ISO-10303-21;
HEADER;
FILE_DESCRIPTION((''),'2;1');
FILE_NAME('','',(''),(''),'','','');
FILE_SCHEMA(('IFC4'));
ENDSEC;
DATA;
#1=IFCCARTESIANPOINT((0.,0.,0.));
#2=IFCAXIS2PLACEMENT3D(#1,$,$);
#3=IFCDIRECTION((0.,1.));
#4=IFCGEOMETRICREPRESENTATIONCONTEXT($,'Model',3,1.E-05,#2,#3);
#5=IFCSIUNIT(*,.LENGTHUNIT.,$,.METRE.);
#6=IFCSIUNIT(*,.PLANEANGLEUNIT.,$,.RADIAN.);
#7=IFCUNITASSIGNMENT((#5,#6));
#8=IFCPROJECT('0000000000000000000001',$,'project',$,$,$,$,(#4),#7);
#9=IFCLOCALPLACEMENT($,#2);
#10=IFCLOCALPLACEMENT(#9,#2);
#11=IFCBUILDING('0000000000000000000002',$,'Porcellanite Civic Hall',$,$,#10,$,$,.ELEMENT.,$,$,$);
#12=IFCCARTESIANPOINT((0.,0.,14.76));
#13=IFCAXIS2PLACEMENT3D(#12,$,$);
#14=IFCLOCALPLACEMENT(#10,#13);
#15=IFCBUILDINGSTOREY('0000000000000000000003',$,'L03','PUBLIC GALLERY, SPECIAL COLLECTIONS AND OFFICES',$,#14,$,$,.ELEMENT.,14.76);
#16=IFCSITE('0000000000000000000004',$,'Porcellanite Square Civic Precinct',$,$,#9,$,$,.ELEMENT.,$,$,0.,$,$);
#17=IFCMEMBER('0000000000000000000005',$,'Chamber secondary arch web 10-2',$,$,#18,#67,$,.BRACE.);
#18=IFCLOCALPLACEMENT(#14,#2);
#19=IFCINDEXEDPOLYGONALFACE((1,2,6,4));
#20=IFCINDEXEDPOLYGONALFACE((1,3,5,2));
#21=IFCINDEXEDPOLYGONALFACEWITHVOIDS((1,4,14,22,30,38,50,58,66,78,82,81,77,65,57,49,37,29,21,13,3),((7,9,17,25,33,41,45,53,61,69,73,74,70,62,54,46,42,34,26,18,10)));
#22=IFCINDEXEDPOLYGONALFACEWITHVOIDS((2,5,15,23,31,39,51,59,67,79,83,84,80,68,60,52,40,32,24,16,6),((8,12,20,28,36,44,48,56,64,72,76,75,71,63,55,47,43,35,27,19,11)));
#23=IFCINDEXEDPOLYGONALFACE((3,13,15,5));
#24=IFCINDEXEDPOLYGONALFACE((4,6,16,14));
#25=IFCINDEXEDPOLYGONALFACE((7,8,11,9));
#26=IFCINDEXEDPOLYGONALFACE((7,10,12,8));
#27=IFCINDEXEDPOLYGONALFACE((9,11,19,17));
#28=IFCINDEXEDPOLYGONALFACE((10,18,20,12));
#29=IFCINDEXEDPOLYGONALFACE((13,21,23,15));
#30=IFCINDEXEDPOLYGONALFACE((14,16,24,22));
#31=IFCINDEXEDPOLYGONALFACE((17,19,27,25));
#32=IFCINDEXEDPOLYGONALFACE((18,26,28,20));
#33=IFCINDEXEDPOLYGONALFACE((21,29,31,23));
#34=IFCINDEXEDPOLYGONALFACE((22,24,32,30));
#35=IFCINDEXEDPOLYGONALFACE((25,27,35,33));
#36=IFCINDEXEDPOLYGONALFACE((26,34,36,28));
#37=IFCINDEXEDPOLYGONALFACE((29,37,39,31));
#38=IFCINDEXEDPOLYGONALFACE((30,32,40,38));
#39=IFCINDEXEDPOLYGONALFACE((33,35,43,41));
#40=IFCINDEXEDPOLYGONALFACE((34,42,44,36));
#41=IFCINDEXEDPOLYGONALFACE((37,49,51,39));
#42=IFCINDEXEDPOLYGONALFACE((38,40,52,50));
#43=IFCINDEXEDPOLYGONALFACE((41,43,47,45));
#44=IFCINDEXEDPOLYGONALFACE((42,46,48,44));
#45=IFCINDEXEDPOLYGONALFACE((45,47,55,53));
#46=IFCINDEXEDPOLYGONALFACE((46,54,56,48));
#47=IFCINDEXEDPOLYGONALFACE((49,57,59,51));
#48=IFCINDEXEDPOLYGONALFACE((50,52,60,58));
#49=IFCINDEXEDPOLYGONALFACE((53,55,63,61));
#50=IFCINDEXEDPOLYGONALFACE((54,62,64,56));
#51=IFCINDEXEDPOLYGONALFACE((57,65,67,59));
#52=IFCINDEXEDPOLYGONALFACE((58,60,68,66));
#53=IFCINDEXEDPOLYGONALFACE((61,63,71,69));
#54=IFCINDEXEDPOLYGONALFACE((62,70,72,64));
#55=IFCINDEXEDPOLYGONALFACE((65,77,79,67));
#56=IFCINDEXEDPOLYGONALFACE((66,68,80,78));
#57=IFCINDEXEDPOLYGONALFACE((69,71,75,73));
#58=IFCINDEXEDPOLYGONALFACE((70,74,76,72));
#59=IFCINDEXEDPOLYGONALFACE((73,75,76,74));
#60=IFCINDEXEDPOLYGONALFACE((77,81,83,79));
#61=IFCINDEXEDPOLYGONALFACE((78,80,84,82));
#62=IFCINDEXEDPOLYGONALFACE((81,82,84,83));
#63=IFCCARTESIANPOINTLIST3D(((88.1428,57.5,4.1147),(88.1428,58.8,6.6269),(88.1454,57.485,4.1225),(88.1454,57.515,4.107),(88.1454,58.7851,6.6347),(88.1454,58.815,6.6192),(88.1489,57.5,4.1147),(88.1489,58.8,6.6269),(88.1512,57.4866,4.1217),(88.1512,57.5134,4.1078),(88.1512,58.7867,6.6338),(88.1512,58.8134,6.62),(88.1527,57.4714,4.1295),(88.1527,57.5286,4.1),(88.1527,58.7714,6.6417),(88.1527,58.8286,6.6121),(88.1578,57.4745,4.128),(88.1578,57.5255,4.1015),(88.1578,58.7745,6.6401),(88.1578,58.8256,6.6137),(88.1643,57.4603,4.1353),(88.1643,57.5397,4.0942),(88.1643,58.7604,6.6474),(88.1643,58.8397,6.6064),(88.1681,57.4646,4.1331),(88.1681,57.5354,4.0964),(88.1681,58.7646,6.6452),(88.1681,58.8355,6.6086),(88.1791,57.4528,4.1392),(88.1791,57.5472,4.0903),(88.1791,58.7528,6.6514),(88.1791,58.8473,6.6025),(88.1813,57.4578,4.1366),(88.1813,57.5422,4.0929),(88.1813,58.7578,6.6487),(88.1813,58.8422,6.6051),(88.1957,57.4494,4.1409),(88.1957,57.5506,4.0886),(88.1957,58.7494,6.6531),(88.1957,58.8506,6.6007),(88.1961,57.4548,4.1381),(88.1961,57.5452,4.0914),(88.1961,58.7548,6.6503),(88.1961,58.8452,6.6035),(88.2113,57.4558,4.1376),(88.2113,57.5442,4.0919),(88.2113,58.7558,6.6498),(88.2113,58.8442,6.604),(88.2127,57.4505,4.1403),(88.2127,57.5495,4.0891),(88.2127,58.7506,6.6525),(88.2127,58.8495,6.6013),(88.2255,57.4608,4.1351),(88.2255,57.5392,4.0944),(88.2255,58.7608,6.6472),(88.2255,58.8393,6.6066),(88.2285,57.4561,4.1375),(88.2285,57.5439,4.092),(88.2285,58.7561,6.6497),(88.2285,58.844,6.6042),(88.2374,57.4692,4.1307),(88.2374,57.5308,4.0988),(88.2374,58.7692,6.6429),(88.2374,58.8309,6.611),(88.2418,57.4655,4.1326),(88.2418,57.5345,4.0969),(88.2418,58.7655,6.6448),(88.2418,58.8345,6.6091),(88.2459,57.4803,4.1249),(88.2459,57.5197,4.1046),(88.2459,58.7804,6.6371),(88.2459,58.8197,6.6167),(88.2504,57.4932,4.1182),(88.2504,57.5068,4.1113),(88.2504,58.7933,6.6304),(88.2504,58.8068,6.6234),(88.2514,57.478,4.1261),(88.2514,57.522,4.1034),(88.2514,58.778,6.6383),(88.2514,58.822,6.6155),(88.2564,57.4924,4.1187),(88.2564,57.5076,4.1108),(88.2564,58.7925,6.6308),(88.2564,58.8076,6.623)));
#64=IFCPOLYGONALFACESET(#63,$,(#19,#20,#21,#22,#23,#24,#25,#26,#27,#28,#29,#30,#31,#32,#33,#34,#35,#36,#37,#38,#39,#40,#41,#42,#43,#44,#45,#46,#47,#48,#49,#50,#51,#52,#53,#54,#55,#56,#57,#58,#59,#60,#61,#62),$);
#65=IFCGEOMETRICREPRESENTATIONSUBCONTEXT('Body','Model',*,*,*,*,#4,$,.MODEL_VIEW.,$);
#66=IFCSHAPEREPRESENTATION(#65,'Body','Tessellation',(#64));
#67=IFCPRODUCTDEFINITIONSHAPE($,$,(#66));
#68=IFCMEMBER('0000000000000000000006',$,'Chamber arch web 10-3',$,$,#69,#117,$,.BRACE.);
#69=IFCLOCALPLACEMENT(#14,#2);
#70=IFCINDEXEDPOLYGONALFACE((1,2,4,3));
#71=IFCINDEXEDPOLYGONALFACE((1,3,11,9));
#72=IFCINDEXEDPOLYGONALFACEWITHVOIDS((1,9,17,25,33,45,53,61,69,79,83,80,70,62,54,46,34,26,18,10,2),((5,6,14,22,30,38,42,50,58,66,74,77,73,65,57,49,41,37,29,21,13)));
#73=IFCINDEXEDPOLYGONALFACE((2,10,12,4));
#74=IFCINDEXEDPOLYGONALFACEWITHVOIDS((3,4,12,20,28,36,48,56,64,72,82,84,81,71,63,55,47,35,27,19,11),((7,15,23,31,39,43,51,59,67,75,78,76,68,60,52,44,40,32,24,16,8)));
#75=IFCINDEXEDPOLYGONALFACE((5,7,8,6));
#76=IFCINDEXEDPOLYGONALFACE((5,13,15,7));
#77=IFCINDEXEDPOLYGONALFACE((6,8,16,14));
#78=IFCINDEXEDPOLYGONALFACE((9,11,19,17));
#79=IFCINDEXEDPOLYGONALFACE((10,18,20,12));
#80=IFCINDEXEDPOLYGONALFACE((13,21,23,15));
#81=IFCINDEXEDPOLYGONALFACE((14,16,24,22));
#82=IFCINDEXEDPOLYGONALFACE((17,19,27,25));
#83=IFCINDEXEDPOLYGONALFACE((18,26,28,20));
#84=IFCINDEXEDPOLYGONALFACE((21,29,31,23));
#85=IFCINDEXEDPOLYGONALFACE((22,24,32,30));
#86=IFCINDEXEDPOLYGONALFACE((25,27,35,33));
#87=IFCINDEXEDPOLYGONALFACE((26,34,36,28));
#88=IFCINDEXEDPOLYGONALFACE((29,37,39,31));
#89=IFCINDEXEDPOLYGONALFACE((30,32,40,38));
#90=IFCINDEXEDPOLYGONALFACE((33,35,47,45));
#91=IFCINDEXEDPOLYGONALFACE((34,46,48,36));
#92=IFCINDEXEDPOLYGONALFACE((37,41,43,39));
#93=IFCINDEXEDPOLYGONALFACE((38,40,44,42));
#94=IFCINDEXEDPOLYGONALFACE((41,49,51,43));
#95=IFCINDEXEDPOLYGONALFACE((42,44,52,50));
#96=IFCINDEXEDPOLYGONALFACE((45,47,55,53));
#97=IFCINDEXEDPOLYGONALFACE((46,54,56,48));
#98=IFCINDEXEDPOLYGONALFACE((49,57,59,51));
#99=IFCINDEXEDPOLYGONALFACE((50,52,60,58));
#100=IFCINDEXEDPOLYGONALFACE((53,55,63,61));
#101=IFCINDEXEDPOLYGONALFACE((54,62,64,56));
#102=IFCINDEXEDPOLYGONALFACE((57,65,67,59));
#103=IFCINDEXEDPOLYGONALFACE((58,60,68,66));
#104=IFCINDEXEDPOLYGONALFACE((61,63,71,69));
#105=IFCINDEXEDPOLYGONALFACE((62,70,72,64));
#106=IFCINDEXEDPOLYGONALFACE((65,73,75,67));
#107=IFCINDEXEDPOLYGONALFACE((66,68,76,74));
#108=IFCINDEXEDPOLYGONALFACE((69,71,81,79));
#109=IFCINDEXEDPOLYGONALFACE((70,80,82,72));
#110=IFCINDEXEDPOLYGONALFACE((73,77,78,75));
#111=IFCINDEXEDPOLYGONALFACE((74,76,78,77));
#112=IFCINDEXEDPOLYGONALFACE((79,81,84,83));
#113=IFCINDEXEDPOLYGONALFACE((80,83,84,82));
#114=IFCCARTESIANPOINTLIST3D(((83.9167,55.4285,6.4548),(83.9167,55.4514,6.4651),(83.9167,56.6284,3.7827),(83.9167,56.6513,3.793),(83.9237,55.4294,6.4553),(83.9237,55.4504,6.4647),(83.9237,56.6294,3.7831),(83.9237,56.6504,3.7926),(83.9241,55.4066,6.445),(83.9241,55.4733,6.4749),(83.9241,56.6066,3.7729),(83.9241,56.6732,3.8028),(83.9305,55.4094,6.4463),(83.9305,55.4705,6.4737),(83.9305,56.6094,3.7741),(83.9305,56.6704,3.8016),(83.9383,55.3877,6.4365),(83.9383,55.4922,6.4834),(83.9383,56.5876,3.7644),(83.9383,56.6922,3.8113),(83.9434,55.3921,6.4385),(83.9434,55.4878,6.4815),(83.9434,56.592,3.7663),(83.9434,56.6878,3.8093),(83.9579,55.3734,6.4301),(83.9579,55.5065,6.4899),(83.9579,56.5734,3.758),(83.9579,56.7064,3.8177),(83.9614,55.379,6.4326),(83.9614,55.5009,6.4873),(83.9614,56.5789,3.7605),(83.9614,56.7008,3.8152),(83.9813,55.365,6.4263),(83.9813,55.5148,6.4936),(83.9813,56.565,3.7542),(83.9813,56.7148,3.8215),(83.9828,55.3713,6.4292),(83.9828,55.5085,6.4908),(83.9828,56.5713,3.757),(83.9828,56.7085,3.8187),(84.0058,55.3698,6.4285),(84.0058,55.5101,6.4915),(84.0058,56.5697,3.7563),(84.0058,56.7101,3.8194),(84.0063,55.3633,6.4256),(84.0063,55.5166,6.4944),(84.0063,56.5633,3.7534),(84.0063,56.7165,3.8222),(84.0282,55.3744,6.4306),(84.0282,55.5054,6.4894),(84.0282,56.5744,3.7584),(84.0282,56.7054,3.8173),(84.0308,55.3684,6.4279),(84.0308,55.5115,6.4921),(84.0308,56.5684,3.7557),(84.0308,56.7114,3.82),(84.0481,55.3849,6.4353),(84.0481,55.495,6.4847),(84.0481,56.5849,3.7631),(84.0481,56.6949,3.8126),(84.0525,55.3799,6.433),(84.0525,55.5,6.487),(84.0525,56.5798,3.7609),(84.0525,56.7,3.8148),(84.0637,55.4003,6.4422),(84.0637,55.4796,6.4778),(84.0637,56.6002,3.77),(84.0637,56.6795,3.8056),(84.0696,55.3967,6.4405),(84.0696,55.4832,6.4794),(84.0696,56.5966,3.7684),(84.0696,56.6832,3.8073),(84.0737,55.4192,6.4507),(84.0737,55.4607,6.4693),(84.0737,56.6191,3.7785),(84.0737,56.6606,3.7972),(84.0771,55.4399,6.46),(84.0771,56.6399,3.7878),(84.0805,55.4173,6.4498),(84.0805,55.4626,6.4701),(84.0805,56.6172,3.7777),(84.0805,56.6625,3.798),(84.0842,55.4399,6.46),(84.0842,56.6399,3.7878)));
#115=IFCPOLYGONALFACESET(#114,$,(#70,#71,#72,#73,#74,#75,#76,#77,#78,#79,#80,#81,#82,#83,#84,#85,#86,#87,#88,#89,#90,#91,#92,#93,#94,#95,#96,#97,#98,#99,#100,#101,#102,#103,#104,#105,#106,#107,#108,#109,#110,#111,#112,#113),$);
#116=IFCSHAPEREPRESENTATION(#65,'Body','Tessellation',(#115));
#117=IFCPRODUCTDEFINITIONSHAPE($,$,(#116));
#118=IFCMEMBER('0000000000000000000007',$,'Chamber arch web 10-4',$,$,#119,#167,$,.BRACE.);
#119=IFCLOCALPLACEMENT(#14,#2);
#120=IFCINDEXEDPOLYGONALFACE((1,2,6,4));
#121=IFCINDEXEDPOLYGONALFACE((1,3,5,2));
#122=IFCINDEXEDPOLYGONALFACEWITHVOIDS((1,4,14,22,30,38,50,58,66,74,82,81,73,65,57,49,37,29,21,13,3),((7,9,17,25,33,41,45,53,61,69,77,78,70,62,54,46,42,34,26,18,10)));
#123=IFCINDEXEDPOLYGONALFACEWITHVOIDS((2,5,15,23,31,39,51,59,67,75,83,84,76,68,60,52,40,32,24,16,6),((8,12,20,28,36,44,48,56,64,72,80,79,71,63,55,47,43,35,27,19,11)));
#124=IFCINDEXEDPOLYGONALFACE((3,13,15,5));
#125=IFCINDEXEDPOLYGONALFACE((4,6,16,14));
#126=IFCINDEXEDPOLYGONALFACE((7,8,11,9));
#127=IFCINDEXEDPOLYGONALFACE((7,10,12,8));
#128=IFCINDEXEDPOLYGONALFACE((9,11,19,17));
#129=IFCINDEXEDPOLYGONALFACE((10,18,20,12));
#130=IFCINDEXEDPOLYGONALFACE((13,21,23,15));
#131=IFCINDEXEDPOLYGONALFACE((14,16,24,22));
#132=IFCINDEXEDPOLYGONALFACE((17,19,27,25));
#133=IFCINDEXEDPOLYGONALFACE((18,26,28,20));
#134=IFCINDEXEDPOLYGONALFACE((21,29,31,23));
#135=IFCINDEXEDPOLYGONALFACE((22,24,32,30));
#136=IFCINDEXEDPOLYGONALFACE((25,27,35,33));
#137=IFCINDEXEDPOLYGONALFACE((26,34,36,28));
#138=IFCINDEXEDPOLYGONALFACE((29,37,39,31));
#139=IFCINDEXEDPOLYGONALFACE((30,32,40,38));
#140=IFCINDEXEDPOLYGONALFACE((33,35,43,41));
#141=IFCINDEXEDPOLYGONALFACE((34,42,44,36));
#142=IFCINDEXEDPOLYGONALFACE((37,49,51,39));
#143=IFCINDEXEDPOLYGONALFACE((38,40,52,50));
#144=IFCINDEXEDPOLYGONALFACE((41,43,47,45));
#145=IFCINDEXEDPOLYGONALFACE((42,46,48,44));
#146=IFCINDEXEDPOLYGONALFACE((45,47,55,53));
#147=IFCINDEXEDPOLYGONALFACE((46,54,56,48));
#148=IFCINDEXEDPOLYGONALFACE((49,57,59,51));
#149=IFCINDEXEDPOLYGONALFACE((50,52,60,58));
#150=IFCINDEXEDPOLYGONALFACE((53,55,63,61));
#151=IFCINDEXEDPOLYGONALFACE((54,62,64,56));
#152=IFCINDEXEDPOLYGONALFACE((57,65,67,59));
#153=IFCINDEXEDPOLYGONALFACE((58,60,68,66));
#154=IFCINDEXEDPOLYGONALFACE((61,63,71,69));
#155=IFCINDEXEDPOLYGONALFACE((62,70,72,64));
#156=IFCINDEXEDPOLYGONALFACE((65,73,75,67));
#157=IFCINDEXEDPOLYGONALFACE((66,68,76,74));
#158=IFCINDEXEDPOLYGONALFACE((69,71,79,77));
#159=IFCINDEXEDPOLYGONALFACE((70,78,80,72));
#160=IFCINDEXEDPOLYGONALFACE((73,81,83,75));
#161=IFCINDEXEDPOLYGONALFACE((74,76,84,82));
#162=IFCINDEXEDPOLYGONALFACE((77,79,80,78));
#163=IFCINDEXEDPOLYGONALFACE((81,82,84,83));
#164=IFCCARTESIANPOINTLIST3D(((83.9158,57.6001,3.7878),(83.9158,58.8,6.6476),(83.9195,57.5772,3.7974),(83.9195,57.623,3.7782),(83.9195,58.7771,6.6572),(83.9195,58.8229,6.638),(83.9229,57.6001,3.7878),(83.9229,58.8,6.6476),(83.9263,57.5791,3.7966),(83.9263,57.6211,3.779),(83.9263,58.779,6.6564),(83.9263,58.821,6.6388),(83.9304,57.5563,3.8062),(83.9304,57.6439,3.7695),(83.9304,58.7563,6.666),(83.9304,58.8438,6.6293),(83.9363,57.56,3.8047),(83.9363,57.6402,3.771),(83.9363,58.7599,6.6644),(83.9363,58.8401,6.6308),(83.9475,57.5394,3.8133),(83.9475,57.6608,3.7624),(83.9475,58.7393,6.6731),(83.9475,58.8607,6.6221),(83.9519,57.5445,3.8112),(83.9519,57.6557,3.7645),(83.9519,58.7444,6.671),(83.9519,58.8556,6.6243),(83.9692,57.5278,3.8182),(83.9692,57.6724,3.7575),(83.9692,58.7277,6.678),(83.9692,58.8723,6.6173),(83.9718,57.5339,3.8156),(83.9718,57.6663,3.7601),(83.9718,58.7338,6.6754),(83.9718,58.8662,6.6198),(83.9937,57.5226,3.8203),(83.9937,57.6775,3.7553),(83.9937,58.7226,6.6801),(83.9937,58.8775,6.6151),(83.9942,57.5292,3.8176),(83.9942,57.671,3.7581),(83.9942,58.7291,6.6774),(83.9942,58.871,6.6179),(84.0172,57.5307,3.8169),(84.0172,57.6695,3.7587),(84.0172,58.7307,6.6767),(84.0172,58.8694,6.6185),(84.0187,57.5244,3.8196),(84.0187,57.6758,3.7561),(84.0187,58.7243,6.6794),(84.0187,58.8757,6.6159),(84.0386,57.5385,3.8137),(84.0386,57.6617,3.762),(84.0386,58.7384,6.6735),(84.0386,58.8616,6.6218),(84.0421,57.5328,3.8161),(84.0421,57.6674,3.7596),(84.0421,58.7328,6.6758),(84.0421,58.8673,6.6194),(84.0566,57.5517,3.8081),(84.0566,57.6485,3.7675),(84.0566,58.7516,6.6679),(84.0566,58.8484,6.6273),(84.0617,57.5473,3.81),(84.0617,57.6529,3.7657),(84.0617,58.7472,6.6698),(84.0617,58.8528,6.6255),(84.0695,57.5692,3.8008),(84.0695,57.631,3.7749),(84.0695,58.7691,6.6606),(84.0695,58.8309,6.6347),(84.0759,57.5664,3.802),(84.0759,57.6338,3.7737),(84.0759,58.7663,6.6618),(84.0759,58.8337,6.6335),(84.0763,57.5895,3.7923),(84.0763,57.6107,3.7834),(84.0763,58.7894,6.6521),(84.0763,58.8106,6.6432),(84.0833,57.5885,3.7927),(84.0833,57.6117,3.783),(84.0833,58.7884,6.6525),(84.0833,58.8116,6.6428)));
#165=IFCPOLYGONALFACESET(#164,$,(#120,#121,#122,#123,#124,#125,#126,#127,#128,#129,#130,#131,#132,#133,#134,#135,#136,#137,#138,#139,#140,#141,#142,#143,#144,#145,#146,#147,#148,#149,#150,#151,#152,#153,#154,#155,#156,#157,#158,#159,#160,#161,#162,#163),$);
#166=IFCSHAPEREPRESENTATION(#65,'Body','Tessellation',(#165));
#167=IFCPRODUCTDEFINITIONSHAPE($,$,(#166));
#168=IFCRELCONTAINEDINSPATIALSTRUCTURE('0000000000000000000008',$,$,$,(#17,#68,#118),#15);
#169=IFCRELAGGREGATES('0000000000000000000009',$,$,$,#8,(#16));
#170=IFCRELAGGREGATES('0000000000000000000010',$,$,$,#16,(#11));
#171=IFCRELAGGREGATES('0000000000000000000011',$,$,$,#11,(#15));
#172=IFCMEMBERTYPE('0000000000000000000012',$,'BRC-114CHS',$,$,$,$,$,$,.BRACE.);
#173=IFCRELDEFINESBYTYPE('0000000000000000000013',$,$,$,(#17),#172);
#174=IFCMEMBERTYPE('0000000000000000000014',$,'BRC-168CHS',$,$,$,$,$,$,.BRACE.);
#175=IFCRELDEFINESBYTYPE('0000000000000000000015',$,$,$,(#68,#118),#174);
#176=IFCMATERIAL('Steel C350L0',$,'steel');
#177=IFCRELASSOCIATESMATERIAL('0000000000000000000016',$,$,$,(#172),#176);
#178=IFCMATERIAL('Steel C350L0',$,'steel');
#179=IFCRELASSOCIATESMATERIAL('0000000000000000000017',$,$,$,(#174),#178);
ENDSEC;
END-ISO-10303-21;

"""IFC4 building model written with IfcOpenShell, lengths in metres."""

from ifc_helpers import new_model, si_unit, direction, frame, origin, origin_2d, place, context, subcontext, project, spatial, hollow_circle, extrude, material, material_profile, profile_set, type_object, element, save


model = new_model("IFC4")

# Units and contexts
model_context = context("Model", 3, precision=1e-05, world=origin(), true_north=direction((0.0, 1.0)))
body_context = subcontext(model_context, "Body", "Model", "MODEL_VIEW")
ifc_project = project(units=[si_unit("LENGTHUNIT", "METRE"), si_unit("PLANEANGLEUNIT", "RADIAN")], contexts=[model_context])

# Site, building, storey
site_placement = place(None, origin())
site = spatial("IfcSite", under=ifc_project, at=site_placement, Name="Porcellanite Square Civic Precinct", CompositionType="ELEMENT", RefElevation=0.0)
building_placement = place(site_placement, origin())
building = spatial("IfcBuilding", under=site, at=building_placement, Name="Porcellanite Civic Hall", CompositionType="ELEMENT")
storey_placement = place(building_placement, frame((0.0, 0.0, 14.76)))
storey = spatial("IfcBuildingStorey", under=building, at=storey_placement, Name="L03", Description="PUBLIC GALLERY, SPECIAL COLLECTIONS AND OFFICES", CompositionType="ELEMENT", Elevation=14.76)

# Members
ifc_material_1 = material(Name="Steel C350L0", Category="steel")
ifc_material_profile_1 = material_profile(ifc_material_1, hollow_circle(Radius=0.0571, WallThickness=0.0061, at=origin_2d()), Name="114.3x6.0CHS")
ifc_profile_set_1 = profile_set([ifc_material_profile_1], Name="Steel C350L0")
member_type_1 = type_object("IfcMemberType", Name="BRC-114CHS", PredefinedType="BRACE", material=ifc_profile_set_1)
member_1_placement = place(storey_placement, frame((88.2, 57.5, 4.1147), z_axis=(0.0, 0.459599, 0.888127), x_axis=(-1.0, 0.0, 0.0)))
element("IfcMember", 1, at=member_1_placement, inside=storey, type_object=member_type_1, Name="Chamber secondary arch web 10-2", PredefinedType="BRACE", context=body_context, shape_type="SweptSolid", body=[
    extrude(hollow_circle(Radius=0.0571, WallThickness=0.0061, at=origin_2d()), origin(), (0.0, 0.0, 1.0), 2.8286),
])
ifc_material_2 = material(Name="Steel C350L0", Category="steel")
ifc_material_profile_2 = material_profile(ifc_material_2, hollow_circle(Radius=0.0842, WallThickness=0.0071, at=origin_2d()), Name="168.3x7.1CHS")
ifc_profile_set_2 = profile_set([ifc_material_profile_2], Name="Steel C350L0")
member_type_2 = type_object("IfcMemberType", Name="BRC-168CHS", PredefinedType="BRACE", material=ifc_profile_set_2)
member_2_placement = place(storey_placement, frame((84.0, 56.6399, 3.7878), z_axis=(0.0, -0.409654, 0.912241), x_axis=(1.0, 0.0, 0.0)))
element("IfcMember", 2, at=member_2_placement, inside=storey, type_object=member_type_2, Name="Chamber arch web 10-3", PredefinedType="BRACE", context=body_context, shape_type="SweptSolid", body=[
    extrude(hollow_circle(Radius=0.0842, WallThickness=0.0071, at=origin_2d()), origin(), (0.0, 0.0, 1.0), 2.9292),
])
for number, where, z_axis, x_axis, name in (
    (3, (84.0, 57.6001, 3.7878), (0.0, 0.386906, 0.922119), (-1.0, 0.0, 0.0), "Chamber arch web 10-4"),
):
    element("IfcMember", number, at=place(storey_placement, frame(where, z_axis=z_axis, x_axis=x_axis)), inside=storey, type_object=member_type_2, Name=name, PredefinedType="BRACE", context=body_context, shape_type="SweptSolid", body=[
        extrude(hollow_circle(Radius=0.0842, WallThickness=0.0071, at=origin_2d()), origin(), (0.0, 0.0, 1.0), 3.1013),
    ])

save(model, "model.ifc")
